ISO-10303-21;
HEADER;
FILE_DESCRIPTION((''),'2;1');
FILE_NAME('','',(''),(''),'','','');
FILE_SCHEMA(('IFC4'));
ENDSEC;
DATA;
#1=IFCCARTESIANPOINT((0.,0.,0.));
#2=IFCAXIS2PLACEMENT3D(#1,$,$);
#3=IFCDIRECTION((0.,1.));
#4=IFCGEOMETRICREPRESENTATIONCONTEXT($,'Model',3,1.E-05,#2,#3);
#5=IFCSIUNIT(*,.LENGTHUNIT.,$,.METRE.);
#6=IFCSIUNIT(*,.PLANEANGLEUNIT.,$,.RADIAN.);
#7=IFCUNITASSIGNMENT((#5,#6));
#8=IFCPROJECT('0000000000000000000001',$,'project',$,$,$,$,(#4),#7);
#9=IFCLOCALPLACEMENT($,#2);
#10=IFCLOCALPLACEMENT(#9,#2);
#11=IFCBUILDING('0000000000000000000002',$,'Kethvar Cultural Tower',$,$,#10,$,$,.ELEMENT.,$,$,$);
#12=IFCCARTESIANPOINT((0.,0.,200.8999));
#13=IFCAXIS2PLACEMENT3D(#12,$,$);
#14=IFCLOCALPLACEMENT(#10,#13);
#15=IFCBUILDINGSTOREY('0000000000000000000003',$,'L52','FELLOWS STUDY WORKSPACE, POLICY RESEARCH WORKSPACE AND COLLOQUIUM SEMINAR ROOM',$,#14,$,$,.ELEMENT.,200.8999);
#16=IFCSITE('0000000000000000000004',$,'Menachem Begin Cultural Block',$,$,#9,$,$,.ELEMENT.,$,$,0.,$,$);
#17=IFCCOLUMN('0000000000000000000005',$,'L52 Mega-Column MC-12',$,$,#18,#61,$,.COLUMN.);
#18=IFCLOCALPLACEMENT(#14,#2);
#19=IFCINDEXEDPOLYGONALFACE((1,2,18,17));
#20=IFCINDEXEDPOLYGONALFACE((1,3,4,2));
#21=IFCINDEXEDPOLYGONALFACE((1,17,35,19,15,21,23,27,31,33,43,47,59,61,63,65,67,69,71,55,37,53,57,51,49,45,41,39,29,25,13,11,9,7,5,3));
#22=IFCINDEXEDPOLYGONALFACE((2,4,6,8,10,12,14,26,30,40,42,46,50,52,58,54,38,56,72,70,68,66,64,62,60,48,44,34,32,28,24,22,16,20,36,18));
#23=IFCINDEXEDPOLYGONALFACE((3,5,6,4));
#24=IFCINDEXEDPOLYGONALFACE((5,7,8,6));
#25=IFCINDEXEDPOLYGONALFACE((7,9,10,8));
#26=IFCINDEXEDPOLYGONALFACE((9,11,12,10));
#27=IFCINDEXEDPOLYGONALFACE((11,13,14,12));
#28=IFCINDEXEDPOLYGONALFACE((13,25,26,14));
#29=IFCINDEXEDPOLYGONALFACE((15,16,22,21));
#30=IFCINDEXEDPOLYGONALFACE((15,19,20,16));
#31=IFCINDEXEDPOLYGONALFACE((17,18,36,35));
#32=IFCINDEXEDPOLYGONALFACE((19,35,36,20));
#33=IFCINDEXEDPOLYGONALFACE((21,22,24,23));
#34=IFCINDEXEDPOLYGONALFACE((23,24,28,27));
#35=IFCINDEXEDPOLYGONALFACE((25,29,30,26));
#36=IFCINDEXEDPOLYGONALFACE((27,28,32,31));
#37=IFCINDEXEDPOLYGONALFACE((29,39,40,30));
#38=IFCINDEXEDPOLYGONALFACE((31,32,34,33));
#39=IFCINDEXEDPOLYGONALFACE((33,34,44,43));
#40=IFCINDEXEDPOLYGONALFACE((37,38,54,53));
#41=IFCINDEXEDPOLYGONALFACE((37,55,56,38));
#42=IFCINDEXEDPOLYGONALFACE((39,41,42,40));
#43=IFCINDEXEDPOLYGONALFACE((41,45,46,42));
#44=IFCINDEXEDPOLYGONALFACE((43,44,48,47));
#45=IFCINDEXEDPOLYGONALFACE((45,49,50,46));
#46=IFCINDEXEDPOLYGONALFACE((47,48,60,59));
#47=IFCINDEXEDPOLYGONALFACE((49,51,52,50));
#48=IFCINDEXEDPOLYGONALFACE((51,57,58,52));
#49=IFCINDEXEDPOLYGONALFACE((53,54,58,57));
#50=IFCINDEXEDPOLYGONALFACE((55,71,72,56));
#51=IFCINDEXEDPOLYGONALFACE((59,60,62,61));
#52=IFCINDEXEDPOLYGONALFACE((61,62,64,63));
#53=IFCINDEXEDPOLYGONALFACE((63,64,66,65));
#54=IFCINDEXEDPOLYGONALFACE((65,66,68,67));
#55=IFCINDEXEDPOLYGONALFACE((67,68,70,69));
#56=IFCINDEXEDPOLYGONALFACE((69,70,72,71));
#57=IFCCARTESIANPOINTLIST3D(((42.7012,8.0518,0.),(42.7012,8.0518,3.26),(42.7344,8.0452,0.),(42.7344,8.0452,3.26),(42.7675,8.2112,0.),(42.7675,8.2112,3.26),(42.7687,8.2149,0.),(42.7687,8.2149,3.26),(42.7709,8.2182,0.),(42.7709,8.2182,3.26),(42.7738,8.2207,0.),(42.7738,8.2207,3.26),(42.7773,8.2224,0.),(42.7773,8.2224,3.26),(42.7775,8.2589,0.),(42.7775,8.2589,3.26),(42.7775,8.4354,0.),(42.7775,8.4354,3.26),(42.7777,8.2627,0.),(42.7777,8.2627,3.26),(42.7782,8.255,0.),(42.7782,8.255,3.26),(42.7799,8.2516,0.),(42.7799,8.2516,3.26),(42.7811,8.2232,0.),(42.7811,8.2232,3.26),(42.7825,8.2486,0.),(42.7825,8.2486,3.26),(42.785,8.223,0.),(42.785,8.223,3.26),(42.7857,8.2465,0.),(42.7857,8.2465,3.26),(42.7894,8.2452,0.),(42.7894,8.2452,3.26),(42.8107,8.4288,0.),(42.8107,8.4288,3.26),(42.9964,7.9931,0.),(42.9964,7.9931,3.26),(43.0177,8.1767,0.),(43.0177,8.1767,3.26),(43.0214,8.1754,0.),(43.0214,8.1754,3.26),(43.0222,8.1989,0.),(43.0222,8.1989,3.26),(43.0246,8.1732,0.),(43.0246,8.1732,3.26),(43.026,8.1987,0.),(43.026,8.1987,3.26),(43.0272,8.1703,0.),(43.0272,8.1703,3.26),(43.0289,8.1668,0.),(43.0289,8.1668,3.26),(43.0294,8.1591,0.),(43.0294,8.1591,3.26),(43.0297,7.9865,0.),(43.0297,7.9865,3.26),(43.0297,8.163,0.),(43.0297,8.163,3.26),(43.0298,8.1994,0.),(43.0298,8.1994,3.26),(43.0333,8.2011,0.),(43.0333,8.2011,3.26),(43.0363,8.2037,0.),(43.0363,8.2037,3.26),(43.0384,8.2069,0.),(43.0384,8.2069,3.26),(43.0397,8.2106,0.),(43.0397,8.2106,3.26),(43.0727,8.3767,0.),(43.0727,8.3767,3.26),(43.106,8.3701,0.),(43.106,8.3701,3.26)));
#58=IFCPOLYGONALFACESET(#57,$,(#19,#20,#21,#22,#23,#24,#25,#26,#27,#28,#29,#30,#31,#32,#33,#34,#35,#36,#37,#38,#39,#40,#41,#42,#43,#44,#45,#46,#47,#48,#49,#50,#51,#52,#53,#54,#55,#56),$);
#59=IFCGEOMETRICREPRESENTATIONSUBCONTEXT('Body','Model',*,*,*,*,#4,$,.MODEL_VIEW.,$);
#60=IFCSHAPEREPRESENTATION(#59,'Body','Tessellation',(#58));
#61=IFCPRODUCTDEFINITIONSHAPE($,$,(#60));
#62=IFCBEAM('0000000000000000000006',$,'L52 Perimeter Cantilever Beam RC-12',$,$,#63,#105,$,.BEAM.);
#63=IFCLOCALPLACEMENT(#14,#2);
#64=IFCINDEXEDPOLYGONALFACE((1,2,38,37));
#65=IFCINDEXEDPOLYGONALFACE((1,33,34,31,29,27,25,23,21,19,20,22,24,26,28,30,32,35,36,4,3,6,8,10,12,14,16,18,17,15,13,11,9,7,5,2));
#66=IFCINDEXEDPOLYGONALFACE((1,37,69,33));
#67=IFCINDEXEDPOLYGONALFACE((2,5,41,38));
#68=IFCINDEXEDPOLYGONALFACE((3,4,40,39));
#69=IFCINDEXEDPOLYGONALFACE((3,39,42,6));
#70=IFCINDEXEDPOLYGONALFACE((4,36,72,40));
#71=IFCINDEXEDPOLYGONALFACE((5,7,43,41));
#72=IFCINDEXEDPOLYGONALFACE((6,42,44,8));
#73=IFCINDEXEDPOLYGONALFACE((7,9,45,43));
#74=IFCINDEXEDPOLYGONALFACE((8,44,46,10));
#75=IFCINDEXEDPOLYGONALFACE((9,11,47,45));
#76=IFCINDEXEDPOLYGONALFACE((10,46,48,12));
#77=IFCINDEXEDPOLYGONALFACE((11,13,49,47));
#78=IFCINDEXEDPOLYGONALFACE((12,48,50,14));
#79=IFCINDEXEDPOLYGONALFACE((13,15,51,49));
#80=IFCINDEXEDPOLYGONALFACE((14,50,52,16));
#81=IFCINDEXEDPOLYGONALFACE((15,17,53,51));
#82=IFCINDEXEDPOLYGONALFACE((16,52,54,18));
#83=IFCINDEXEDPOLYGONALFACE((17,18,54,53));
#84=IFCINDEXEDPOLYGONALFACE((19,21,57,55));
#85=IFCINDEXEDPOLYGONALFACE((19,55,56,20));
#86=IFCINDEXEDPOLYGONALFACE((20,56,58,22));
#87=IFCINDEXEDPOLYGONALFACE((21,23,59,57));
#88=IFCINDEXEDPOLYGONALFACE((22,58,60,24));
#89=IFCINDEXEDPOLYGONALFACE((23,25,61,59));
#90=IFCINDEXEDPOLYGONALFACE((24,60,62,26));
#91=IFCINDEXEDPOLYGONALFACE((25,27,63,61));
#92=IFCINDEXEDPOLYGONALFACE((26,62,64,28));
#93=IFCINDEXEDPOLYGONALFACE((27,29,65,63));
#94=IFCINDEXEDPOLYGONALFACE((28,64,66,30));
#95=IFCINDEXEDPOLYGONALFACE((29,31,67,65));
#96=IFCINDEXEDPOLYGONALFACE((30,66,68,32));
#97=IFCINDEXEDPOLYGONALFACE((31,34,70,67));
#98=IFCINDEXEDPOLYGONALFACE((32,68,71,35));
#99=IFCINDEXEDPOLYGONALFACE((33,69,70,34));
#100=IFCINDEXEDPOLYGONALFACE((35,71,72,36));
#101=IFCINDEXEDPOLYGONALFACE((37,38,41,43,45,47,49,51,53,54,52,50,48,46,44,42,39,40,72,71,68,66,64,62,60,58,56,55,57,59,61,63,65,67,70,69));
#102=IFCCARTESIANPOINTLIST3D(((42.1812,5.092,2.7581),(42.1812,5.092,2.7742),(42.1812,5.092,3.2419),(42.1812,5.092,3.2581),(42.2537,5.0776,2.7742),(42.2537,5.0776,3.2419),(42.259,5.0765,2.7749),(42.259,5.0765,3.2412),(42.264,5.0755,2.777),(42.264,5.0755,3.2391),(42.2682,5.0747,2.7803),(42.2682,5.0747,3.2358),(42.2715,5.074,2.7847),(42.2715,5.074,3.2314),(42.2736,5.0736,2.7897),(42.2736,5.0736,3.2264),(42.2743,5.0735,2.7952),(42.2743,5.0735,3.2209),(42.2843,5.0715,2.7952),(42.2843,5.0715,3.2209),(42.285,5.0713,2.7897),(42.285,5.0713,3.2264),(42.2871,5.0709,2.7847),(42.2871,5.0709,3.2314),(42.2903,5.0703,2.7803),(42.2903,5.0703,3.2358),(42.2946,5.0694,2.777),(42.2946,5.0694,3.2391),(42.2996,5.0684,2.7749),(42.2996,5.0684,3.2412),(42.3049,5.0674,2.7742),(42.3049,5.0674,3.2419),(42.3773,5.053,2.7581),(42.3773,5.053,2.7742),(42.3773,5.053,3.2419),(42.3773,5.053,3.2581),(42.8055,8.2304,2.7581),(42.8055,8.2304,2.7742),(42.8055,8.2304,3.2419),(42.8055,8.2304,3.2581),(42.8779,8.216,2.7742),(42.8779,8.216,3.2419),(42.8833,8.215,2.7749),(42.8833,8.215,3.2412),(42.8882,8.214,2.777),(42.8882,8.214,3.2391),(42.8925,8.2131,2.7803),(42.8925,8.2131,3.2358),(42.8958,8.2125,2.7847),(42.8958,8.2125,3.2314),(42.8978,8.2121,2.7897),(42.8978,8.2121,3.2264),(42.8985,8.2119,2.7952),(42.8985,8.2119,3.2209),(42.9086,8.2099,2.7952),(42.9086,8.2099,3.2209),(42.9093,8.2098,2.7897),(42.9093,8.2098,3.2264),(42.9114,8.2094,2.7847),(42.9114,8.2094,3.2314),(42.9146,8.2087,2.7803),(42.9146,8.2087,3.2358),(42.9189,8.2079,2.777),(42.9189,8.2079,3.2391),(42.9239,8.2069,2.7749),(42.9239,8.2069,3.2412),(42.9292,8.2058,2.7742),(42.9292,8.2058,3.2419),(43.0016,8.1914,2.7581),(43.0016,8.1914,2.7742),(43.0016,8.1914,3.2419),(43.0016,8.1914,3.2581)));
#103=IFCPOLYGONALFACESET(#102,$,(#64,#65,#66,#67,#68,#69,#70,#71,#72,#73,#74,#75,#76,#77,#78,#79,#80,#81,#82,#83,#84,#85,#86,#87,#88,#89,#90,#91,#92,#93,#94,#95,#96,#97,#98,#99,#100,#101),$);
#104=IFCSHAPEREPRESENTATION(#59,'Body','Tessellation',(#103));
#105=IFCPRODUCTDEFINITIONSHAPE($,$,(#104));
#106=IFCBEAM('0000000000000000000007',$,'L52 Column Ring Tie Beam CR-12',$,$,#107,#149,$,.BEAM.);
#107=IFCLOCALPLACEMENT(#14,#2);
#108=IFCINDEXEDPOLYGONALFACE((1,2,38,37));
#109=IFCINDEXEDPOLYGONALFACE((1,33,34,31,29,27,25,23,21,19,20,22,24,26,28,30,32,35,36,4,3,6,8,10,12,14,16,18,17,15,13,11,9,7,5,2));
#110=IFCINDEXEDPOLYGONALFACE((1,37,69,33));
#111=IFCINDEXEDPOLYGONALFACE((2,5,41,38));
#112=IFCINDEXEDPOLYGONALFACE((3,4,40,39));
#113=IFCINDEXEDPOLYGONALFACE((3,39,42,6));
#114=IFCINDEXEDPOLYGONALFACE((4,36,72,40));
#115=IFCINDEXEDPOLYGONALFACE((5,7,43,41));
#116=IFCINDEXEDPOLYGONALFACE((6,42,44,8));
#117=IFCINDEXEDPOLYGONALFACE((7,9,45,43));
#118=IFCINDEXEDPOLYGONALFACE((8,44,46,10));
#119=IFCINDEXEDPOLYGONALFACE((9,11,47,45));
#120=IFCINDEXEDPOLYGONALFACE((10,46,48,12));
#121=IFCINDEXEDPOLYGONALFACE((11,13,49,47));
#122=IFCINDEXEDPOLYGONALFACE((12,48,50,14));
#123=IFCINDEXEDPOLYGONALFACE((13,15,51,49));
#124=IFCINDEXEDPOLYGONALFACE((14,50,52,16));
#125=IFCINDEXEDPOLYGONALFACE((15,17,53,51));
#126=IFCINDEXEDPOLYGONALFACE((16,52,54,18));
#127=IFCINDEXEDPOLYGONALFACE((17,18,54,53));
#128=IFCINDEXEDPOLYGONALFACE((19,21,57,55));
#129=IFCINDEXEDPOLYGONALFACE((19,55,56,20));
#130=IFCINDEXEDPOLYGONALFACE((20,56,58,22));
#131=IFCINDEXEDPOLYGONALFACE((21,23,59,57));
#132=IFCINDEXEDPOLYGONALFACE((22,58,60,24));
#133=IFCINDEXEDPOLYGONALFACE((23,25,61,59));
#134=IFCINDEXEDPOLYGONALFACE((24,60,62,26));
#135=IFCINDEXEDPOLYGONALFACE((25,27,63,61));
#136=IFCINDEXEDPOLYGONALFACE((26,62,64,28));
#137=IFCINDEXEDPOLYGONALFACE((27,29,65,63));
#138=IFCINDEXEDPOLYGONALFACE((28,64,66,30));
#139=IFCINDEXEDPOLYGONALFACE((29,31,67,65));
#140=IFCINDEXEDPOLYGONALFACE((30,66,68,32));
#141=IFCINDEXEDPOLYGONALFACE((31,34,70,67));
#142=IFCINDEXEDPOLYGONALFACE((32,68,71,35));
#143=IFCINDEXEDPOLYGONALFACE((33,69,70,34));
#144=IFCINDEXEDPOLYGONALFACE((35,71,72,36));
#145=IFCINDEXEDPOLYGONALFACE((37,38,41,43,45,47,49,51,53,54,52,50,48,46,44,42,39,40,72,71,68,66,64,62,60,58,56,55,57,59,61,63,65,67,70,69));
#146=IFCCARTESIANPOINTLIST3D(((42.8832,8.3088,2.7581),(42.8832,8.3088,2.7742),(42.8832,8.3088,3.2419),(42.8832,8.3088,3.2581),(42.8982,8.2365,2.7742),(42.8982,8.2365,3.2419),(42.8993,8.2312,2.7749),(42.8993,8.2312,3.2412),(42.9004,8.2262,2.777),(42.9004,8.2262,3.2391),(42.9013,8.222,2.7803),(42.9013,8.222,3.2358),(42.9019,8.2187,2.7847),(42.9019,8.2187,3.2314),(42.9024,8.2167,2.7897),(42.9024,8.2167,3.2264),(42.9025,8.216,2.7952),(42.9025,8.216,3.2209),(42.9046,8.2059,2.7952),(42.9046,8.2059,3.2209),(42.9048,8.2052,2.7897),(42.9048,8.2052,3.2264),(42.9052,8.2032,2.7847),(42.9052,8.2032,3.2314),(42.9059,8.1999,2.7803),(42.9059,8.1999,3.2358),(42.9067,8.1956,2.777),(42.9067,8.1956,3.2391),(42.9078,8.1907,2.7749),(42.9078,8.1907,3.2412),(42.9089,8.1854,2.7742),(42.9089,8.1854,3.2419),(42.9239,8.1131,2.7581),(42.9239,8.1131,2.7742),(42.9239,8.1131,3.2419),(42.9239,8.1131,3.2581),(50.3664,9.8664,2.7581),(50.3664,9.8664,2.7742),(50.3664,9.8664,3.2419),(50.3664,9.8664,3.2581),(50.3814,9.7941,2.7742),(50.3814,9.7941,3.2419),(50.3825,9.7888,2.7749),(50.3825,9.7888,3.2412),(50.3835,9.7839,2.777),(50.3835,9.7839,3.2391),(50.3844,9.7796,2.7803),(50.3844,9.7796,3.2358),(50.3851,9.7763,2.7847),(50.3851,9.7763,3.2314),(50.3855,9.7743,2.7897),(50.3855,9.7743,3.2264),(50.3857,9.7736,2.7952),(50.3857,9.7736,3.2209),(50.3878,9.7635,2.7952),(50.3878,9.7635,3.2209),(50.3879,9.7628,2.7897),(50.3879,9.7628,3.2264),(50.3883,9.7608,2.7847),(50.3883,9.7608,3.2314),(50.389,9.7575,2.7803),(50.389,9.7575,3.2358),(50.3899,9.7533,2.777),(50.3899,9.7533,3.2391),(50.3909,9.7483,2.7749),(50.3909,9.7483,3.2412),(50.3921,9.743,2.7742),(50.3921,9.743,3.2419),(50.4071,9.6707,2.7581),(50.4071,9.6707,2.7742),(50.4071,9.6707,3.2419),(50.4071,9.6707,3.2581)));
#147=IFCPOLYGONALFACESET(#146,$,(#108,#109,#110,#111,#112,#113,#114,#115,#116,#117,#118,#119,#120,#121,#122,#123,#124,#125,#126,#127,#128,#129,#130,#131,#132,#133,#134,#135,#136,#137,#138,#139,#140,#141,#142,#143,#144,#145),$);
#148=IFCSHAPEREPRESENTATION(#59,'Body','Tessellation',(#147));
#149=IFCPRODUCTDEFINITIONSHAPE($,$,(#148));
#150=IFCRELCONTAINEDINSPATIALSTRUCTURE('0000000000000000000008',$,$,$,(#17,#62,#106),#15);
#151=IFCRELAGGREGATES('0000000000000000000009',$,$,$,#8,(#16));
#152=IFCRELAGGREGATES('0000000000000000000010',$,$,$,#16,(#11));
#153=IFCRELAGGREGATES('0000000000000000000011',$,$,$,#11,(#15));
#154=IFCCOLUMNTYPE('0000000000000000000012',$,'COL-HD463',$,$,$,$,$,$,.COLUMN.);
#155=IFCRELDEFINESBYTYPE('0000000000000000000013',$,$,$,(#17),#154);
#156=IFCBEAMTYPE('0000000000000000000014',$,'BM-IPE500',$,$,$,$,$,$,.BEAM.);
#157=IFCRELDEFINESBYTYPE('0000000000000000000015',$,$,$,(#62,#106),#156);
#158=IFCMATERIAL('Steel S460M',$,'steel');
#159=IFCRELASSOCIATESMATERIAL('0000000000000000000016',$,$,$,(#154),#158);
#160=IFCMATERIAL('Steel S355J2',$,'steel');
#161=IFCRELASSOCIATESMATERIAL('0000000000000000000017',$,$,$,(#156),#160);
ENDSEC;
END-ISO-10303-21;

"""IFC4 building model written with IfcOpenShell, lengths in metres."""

from ifc_helpers import new_model, si_unit, direction, frame, origin, origin_2d, place, context, subcontext, project, spatial, i_section, extrude, source, transform, mapped, material, material_profile, profile_set, type_object, element, save


model = new_model("IFC4")

# Units and contexts
model_context = context("Model", 3, precision=1e-05, world=origin(), true_north=direction((0.0, 1.0)))
body_context = subcontext(model_context, "Body", "Model", "MODEL_VIEW")
ifc_project = project(units=[si_unit("LENGTHUNIT", "METRE"), si_unit("PLANEANGLEUNIT", "RADIAN")], contexts=[model_context])

# Site, building, storey
site_placement = place(None, origin())
site = spatial("IfcSite", under=ifc_project, at=site_placement, Name="Menachem Begin Cultural Block", CompositionType="ELEMENT", RefElevation=0.0)
building_placement = place(site_placement, origin())
building = spatial("IfcBuilding", under=site, at=building_placement, Name="Kethvar Cultural Tower", CompositionType="ELEMENT")
storey_placement = place(building_placement, frame((0.0, 0.0, 200.8999)))
storey = spatial("IfcBuildingStorey", under=building, at=storey_placement, Name="L52", Description="FELLOWS STUDY WORKSPACE, POLICY RESEARCH WORKSPACE AND COLLOQUIUM SEMINAR ROOM", CompositionType="ELEMENT", Elevation=200.8999)

# Column
ifc_material_1 = material(Name="Steel S460M", Category="steel")
ifc_material_profile_1 = material_profile(ifc_material_1, i_section(OverallWidth=0.3911, OverallDepth=0.335, WebThickness=0.0227, FlangeThickness=0.0339, FilletRadius=0.0149, at=origin_2d()), Name="Steel S460M — HD400x463")
ifc_profile_set_1 = profile_set([ifc_material_profile_1], Name="Steel S460M — HD400x463")
column_type = type_object("IfcColumnType", Name="COL-HD463", PredefinedType="COLUMN", material=ifc_profile_set_1)
shared_shape_1 = source(origin(), body_context, "Body", "SweptSolid", [
    extrude(i_section(OverallWidth=0.3911, OverallDepth=0.335, WebThickness=0.0227, FlangeThickness=0.0339, FilletRadius=0.0149, at=origin_2d()), origin(), (0.0, 0.0, 1.0), 3.26),
])
column_placement = place(storey_placement, frame((42.9036, 8.2109, 0.0), z_axis=(0.0, 0.0, 1.0), x_axis=(-0.19509, -0.980785, 0.0)))
element("IfcColumn", 1, at=column_placement, inside=storey, type_object=column_type, Name="L52 Mega-Column MC-12", PredefinedType="COLUMN", context=body_context, shape_type="MappedRepresentation", body=[
    mapped(shared_shape_1, transform((0.0, 0.0, 0.0), scale=1.0)),
])

# Beams
ifc_material_2 = material(Name="Steel S355J2", Category="steel")
ifc_material_profile_2 = material_profile(ifc_material_2, i_section(OverallWidth=0.2, OverallDepth=0.5, WebThickness=0.0103, FlangeThickness=0.0161, FilletRadius=0.021, at=origin_2d()), Name="Steel S355J2 — IPE500")
ifc_profile_set_2 = profile_set([ifc_material_profile_2], Name="Steel S355J2 — IPE500")
beam_type_1 = type_object("IfcBeamType", Name="BM-IPE500", PredefinedType="BEAM", material=ifc_profile_set_2)
shared_shape_2 = source(origin(), body_context, "Body", "SweptSolid", [
    extrude(i_section(OverallWidth=0.2, OverallDepth=0.5, WebThickness=0.0103, FlangeThickness=0.0161, FilletRadius=0.021, at=origin_2d()), origin(), (0.0, 0.0, 1.0), 3.2),
])
beam_1_placement = place(storey_placement, frame((42.9036, 8.2109, 3.0081), z_axis=(-0.195089, -0.980786, 0.0), x_axis=(0.980786, -0.195089, 0.0)))
element("IfcBeam", 2, at=beam_1_placement, inside=storey, type_object=beam_type_1, Name="L52 Perimeter Cantilever Beam RC-12", PredefinedType="BEAM", context=body_context, shape_type="MappedRepresentation", body=[
    mapped(shared_shape_2, transform((0.0, 0.0, 0.0), scale=1.0)),
])
shared_shape_3 = source(origin(), body_context, "Body", "SweptSolid", [
    extrude(i_section(OverallWidth=0.2, OverallDepth=0.5, WebThickness=0.0103, FlangeThickness=0.0161, FilletRadius=0.021, at=origin_2d()), origin(), (0.0, 0.0, 1.0), 7.6436),
])
beam_2_placement = place(storey_placement, frame((42.9036, 8.2109, 3.0081), z_axis=(0.979016, 0.203782, 0.0), x_axis=(-0.203782, 0.979016, 0.0)))
element("IfcBeam", 3, at=beam_2_placement, inside=storey, type_object=beam_type_1, Name="L52 Column Ring Tie Beam CR-12", PredefinedType="BEAM", context=body_context, shape_type="MappedRepresentation", body=[
    mapped(shared_shape_3, transform((0.0, 0.0, 0.0), scale=1.0)),
])

save(model, "model.ifc")
